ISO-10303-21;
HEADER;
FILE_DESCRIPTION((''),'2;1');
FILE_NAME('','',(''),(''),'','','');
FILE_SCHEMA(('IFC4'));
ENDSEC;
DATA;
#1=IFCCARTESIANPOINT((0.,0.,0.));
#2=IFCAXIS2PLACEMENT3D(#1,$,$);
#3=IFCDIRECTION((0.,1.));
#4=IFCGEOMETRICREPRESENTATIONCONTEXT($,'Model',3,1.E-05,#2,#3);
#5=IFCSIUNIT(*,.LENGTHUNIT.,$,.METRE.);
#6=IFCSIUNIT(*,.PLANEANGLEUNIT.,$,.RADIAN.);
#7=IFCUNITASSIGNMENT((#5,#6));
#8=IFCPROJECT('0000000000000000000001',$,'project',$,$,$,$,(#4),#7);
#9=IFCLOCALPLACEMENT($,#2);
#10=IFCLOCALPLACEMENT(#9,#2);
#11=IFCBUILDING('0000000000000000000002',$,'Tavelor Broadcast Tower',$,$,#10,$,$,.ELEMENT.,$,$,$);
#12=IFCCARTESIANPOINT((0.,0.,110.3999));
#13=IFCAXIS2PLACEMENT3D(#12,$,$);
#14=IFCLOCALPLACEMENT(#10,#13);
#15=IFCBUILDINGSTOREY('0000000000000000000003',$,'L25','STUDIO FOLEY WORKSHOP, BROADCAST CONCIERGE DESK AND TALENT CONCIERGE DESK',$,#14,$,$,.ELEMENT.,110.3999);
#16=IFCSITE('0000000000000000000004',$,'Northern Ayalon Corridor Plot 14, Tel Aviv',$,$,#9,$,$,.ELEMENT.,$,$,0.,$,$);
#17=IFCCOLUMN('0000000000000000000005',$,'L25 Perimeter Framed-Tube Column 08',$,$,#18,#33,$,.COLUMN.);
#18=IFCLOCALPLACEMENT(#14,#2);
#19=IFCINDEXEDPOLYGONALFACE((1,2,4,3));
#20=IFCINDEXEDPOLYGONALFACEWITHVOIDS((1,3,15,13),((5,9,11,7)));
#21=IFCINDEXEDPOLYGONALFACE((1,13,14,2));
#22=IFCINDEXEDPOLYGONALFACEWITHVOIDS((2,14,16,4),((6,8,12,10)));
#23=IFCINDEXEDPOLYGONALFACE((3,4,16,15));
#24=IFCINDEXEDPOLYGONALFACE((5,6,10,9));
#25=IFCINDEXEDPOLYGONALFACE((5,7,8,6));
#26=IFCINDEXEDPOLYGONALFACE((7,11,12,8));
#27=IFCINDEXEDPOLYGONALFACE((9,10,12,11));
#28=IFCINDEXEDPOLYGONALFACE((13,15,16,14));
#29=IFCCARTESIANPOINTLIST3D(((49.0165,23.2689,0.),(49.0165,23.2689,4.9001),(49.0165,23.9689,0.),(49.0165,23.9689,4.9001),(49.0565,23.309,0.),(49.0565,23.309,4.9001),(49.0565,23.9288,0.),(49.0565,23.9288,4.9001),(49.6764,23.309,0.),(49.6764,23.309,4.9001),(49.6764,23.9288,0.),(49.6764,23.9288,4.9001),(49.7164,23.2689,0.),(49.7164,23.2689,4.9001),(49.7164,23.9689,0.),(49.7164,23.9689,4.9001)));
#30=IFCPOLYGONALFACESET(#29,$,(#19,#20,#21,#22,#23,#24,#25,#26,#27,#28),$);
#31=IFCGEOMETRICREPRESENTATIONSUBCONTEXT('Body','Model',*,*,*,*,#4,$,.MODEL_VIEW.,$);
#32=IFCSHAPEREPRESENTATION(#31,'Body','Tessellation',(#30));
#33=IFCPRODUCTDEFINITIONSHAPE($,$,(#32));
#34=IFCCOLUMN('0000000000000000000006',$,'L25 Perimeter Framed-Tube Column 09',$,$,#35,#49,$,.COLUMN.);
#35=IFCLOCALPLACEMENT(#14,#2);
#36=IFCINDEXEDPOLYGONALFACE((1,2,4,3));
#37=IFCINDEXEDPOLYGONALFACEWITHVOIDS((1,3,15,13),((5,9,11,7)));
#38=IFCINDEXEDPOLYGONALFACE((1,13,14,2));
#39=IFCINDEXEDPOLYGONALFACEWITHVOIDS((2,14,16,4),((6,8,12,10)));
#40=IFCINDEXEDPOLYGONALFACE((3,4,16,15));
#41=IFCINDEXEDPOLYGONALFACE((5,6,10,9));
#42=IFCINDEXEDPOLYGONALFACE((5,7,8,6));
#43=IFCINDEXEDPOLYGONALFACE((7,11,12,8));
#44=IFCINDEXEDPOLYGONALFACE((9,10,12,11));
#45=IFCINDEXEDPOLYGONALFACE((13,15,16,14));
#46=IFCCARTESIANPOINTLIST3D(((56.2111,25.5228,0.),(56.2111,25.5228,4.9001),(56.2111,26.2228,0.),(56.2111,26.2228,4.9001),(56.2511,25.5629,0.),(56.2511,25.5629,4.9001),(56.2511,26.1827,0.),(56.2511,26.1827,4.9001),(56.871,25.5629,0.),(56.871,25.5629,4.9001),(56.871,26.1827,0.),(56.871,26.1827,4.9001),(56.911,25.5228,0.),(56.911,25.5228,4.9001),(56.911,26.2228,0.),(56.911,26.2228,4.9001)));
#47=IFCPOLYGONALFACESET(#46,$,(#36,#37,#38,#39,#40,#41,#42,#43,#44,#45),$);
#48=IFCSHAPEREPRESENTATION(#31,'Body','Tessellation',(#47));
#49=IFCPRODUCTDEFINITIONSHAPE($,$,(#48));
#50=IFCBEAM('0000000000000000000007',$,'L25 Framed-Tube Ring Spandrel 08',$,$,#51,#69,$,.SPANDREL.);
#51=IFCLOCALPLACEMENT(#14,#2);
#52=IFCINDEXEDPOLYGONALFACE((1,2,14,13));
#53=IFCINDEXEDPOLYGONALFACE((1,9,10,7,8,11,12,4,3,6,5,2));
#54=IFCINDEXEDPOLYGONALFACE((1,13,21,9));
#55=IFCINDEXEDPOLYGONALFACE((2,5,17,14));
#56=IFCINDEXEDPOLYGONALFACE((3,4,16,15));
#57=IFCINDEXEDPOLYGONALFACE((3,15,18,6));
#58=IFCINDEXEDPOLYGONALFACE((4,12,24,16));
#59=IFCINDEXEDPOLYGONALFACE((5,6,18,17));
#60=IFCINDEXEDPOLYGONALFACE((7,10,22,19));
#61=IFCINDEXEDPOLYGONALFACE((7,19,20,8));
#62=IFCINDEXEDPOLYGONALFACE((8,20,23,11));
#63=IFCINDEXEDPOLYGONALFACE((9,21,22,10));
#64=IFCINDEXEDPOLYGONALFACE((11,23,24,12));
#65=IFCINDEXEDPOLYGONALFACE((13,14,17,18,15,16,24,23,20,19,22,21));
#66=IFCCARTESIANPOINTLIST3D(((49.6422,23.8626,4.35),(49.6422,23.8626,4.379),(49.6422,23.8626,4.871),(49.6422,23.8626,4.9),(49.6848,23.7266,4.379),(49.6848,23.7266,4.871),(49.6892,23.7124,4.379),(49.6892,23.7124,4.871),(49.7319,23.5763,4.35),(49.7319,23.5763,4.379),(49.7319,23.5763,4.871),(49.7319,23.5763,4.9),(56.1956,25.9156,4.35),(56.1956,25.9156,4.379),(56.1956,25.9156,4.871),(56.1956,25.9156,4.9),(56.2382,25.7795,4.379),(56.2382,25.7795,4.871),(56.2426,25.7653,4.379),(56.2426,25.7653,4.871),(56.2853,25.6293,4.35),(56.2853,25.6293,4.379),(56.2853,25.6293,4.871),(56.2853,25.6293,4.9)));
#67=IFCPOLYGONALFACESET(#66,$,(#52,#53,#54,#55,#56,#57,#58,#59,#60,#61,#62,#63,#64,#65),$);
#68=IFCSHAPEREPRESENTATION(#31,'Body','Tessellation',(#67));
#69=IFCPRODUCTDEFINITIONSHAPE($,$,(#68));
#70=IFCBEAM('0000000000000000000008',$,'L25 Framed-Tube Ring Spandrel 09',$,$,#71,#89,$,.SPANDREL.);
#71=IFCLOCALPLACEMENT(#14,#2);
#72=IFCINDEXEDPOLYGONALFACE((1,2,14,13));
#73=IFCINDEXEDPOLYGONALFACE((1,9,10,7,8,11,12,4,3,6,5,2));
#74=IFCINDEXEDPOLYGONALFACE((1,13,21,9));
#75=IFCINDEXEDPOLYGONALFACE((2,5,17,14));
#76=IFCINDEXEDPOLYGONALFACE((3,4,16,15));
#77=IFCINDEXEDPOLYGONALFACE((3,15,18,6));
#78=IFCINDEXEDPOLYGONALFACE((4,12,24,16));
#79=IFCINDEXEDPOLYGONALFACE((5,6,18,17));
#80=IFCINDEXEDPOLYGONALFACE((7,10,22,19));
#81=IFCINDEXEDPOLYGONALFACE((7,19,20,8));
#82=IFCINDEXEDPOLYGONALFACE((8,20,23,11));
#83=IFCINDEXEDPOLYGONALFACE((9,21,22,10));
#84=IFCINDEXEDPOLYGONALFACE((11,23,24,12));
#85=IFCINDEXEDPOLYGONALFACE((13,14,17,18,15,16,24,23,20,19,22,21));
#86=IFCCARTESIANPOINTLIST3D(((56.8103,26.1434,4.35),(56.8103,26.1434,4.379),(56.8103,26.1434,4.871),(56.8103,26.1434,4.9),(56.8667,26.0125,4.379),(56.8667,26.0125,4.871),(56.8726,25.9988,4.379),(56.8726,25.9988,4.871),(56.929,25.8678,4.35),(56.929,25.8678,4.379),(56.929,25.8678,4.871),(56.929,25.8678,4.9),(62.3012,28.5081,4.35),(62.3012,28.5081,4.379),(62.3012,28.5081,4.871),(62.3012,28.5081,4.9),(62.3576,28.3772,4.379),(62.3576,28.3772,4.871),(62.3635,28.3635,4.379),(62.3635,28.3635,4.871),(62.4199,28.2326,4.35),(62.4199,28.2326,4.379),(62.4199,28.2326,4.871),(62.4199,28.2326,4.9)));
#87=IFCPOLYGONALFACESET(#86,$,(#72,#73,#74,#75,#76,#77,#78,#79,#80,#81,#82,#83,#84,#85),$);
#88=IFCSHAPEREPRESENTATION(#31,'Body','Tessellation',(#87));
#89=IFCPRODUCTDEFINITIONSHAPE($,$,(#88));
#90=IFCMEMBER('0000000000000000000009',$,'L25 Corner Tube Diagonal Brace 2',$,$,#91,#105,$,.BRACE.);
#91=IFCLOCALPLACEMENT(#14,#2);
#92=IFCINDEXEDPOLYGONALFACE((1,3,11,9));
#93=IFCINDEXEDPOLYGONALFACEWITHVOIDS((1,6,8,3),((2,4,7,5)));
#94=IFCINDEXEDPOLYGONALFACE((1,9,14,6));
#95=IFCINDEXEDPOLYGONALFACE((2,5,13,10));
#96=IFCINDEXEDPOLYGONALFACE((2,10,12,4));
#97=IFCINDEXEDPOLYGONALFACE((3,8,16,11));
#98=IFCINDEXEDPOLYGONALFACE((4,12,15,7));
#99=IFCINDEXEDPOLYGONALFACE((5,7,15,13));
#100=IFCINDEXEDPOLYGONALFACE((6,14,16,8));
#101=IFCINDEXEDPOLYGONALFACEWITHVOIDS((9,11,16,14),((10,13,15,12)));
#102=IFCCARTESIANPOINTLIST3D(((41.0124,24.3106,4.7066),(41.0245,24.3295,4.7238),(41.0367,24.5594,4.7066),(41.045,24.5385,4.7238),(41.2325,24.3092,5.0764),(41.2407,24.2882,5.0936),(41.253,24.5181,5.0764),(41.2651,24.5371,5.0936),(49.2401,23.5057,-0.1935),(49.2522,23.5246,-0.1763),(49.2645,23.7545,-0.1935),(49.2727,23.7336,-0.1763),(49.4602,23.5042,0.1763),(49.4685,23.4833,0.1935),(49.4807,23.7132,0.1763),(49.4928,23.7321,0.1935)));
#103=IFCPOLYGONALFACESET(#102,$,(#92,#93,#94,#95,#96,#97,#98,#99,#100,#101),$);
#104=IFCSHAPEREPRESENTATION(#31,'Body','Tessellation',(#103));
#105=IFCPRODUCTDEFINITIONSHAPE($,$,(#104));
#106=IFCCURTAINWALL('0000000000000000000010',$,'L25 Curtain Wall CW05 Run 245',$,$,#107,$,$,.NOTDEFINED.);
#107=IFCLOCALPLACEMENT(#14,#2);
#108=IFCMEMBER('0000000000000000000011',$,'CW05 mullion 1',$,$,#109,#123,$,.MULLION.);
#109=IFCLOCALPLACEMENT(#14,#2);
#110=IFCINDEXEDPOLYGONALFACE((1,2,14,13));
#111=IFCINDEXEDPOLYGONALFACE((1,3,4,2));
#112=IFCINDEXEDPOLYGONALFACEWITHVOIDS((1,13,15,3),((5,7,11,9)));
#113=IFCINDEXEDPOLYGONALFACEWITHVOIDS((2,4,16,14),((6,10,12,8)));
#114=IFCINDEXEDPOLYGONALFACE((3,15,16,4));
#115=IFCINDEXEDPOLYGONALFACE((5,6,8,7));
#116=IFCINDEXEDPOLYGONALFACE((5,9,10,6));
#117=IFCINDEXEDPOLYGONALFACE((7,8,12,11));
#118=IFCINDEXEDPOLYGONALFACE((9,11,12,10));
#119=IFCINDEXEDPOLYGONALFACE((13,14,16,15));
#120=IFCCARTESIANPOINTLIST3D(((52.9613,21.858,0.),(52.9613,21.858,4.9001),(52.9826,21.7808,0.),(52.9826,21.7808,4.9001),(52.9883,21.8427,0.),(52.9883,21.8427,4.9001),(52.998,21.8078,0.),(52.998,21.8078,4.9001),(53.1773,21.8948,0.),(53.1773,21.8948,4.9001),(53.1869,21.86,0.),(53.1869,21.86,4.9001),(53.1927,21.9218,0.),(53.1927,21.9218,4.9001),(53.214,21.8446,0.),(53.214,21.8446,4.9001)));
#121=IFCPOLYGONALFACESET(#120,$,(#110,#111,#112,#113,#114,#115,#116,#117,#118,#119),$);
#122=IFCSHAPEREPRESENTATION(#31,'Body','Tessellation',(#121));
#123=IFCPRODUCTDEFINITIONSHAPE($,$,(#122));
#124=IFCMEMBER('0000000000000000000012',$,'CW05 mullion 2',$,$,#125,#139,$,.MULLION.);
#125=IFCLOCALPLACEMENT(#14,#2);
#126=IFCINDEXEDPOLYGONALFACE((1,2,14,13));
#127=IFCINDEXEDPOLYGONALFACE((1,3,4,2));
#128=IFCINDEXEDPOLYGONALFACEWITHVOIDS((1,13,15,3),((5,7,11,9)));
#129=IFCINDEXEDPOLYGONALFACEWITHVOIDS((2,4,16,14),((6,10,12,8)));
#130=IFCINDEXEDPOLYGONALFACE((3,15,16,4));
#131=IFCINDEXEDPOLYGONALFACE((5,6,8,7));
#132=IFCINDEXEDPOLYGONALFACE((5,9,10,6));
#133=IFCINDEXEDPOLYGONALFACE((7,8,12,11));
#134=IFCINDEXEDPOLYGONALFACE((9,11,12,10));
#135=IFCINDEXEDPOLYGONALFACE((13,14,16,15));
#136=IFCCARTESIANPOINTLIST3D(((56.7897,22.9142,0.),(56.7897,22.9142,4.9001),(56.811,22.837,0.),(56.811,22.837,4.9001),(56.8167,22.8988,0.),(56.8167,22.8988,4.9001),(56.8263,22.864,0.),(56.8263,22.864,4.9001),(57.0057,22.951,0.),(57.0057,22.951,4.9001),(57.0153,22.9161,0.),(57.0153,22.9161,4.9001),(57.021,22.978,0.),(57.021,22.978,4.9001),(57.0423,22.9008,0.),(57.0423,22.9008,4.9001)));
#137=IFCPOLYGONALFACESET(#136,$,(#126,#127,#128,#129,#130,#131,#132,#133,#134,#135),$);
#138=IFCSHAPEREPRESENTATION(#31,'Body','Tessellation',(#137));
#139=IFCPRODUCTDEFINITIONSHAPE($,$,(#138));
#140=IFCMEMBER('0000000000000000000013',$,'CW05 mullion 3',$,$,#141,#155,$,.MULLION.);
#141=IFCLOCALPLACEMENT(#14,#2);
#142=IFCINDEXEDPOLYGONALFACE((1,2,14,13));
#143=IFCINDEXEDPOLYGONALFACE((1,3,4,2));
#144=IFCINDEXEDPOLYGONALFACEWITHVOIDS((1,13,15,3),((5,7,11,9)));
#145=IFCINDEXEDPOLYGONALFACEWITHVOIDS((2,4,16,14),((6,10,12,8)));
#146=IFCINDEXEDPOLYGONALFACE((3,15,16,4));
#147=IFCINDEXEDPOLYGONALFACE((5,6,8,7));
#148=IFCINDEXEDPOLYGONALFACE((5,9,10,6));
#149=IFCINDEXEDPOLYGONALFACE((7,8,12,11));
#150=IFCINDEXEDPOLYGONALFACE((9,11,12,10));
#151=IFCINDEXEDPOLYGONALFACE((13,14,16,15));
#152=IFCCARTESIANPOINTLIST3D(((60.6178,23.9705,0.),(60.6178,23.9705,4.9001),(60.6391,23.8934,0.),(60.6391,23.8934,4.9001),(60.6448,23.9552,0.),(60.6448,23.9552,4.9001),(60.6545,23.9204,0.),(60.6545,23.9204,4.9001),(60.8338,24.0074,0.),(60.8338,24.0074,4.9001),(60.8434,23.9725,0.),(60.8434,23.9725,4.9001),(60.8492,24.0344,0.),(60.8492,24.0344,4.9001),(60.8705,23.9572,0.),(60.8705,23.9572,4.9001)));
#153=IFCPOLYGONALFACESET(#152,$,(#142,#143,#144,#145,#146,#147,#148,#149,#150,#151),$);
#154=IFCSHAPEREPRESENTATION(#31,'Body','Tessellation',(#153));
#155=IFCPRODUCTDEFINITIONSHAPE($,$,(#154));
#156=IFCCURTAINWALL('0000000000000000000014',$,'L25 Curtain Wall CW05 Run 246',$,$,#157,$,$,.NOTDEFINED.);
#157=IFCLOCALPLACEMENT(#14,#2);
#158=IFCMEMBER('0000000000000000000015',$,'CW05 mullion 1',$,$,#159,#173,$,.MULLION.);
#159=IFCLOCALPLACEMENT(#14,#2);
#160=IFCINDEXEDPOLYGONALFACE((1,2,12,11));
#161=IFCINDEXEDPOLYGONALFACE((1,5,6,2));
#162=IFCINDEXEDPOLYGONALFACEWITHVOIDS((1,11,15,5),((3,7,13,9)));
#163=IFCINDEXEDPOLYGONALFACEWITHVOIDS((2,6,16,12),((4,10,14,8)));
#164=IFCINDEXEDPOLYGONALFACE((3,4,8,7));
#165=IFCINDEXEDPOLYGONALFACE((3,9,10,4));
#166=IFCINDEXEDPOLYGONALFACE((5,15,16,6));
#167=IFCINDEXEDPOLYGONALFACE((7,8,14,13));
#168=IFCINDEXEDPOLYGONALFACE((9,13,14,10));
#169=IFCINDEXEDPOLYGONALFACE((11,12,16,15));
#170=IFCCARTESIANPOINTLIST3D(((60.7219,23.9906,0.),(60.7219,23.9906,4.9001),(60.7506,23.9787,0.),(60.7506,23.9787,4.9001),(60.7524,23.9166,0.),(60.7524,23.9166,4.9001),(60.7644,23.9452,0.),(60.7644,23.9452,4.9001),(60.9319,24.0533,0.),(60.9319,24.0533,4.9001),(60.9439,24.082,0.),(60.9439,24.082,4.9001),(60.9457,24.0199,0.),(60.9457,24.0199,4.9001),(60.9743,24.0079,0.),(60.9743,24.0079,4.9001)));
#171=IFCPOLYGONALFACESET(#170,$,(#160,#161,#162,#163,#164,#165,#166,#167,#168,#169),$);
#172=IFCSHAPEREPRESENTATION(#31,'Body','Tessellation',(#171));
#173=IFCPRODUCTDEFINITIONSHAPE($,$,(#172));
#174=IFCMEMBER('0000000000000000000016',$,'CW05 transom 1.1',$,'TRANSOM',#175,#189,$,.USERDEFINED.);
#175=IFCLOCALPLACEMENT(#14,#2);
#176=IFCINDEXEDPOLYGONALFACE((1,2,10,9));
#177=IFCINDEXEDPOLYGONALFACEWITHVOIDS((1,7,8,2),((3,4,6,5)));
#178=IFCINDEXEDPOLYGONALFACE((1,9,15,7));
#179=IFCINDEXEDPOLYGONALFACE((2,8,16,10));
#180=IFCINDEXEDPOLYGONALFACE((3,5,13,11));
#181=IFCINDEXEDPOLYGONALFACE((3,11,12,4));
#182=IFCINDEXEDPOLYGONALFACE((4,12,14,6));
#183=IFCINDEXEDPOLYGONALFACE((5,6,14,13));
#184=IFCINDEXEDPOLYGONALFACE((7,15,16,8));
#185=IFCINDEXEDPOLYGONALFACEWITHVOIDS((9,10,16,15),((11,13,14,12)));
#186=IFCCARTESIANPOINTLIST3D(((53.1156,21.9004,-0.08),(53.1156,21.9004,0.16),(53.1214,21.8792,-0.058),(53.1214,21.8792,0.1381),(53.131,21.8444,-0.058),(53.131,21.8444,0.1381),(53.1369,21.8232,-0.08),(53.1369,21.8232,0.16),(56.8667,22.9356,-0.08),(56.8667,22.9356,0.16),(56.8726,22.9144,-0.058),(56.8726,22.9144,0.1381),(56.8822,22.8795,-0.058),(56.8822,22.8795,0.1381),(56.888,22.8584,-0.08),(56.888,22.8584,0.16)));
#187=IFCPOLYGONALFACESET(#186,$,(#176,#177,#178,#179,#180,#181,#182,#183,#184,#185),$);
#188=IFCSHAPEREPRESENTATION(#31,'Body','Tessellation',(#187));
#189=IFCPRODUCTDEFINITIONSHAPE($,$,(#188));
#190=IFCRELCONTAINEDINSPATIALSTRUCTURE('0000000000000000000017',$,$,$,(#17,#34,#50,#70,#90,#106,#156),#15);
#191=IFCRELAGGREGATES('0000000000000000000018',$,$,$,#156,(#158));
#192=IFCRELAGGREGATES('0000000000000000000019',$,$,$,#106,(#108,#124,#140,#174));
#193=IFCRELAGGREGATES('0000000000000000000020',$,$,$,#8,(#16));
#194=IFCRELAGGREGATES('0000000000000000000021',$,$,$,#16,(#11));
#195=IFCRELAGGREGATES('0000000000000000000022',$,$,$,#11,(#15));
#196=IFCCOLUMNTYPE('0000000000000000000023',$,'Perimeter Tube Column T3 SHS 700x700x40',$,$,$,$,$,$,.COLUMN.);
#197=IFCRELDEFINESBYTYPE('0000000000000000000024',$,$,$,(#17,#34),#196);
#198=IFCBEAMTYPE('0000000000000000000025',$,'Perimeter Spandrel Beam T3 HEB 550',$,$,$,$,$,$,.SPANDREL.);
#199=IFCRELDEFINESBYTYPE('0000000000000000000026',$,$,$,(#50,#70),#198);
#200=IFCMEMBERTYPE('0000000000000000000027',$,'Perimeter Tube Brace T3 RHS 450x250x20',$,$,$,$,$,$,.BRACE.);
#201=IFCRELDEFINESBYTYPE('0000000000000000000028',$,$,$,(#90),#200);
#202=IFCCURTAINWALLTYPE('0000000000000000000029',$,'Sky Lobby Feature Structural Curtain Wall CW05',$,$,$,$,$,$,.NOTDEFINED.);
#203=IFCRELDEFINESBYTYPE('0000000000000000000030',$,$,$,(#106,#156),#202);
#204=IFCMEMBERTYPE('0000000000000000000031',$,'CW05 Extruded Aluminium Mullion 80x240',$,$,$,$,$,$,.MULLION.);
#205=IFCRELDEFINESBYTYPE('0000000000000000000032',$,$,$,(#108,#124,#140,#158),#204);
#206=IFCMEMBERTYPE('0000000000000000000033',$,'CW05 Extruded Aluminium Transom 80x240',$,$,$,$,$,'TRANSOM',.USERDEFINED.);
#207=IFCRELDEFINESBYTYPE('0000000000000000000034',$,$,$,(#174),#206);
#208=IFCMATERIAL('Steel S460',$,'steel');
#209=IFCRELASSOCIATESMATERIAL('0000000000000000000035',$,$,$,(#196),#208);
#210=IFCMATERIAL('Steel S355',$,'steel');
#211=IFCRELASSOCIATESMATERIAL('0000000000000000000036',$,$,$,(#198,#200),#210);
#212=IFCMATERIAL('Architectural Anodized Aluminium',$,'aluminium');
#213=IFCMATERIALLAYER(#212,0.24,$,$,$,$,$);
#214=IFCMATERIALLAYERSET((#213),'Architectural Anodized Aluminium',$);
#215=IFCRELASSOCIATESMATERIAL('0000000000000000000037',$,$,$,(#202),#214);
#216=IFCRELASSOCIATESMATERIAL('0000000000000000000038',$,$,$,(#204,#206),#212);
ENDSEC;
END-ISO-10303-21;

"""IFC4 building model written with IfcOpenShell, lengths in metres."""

from ifc_helpers import new_model, si_unit, direction, frame, origin, origin_2d, place, context, subcontext, project, spatial, hollow_rectangle, i_section, extrude, source, transform, mapped, material, layer, layer_set, material_profile, profile_set, type_object, type_shapes, element, aggregate, save


model = new_model("IFC4")

# Units and contexts
model_context = context("Model", 3, precision=1e-05, world=origin(), true_north=direction((0.0, 1.0)))
body_context = subcontext(model_context, "Body", "Model", "MODEL_VIEW")
ifc_project = project(units=[si_unit("LENGTHUNIT", "METRE"), si_unit("PLANEANGLEUNIT", "RADIAN")], contexts=[model_context])

# Site, building, storey
site_placement = place(None, origin())
site = spatial("IfcSite", under=ifc_project, at=site_placement, Name="Northern Ayalon Corridor Plot 14, Tel Aviv", CompositionType="ELEMENT", RefElevation=0.0)
building_placement = place(site_placement, origin())
building = spatial("IfcBuilding", under=site, at=building_placement, Name="Tavelor Broadcast Tower", CompositionType="ELEMENT")
storey_placement = place(building_placement, frame((0.0, 0.0, 110.3999)))
storey = spatial("IfcBuildingStorey", under=building, at=storey_placement, Name="L25", Description="STUDIO FOLEY WORKSHOP, BROADCAST CONCIERGE DESK AND TALENT CONCIERGE DESK", CompositionType="ELEMENT", Elevation=110.3999)

# Columns
ifc_material_1 = material(Name="Steel S460", Category="steel")
ifc_material_profile_1 = material_profile(ifc_material_1, hollow_rectangle(XDim=0.7, YDim=0.7, WallThickness=0.04, at=origin_2d()), Name="SHS 700x700x40")
ifc_profile_set_1 = profile_set([ifc_material_profile_1], Name="Steel S460")
column_type = type_object("IfcColumnType", Name="Perimeter Tube Column T3 SHS 700x700x40", PredefinedType="COLUMN", material=ifc_profile_set_1)
for number, where, z_axis, x_axis, name in (
    (1, (49.3665, 23.6189, 0.0), (0.0, 0.0, 1.0), (1.0, 0.0, 0.0), "L25 Perimeter Framed-Tube Column 08"),
    (2, (56.561, 25.8728, 0.0), (0.0, 0.0, 1.0), (1.0, 0.0, 0.0), "L25 Perimeter Framed-Tube Column 09"),
):
    element("IfcColumn", number, at=place(storey_placement, frame(where, z_axis=z_axis, x_axis=x_axis)), inside=storey, type_object=column_type, Name=name, PredefinedType="COLUMN", context=body_context, shape_type="SweptSolid", body=[
        extrude(hollow_rectangle(XDim=0.7, YDim=0.7, WallThickness=0.04, at=origin_2d()), origin(), (0.0, 0.0, 1.0), 4.9001),
    ])

# Beams
ifc_material_2 = material(Name="Steel S355", Category="steel")
ifc_material_profile_2 = material_profile(ifc_material_2, i_section(OverallWidth=0.3, OverallDepth=0.55, WebThickness=0.0149, FlangeThickness=0.0291, at=origin_2d()), Name="HEB 550")
ifc_profile_set_2 = profile_set([ifc_material_profile_2], Name="Steel S355")
beam_type = type_object("IfcBeamType", Name="Perimeter Spandrel Beam T3 HEB 550", PredefinedType="SPANDREL", material=ifc_profile_set_2)
beam_1_placement = place(storey_placement, frame((49.687, 23.7195, 4.625), z_axis=(0.954272, 0.298941, 0.0), x_axis=(-0.298941, 0.954272, 0.0)))
element("IfcBeam", 3, at=beam_1_placement, inside=storey, type_object=beam_type, Name="L25 Framed-Tube Ring Spandrel 08", PredefinedType="SPANDREL", context=body_context, shape_type="SweptSolid", body=[
    extrude(i_section(OverallWidth=0.3, OverallDepth=0.55, WebThickness=0.0149, FlangeThickness=0.0291, at=origin_2d()), origin(), (0.0, 0.0, 1.0), 6.8674),
])
beam_2_placement = place(storey_placement, frame((56.8696, 26.0056, 4.625), z_axis=(0.918449, 0.39554, 0.0), x_axis=(-0.39554, 0.918449, 0.0)))
element("IfcBeam", 4, at=beam_2_placement, inside=storey, type_object=beam_type, Name="L25 Framed-Tube Ring Spandrel 09", PredefinedType="SPANDREL", context=body_context, shape_type="SweptSolid", body=[
    extrude(i_section(OverallWidth=0.3, OverallDepth=0.55, WebThickness=0.0149, FlangeThickness=0.0291, at=origin_2d()), origin(), (0.0, 0.0, 1.0), 5.9785),
])

# Member
ifc_material_profile_3 = material_profile(ifc_material_2, hollow_rectangle(XDim=0.25, YDim=0.45, WallThickness=0.02, at=origin_2d()), Name="RHS 450x250x20")
ifc_profile_set_3 = profile_set([ifc_material_profile_3], Name="Steel S355")
member_type_1 = type_object("IfcMemberType", Name="Perimeter Tube Brace T3 RHS 450x250x20", PredefinedType="BRACE", material=ifc_profile_set_3)
member_1_placement = place(storey_placement, frame((49.3665, 23.6189, 0.0), z_axis=(-0.856152, 0.083758, 0.509891), x_axis=(-0.097366, -0.995249, 0.0)))
element("IfcMember", 5, at=member_1_placement, inside=storey, type_object=member_type_1, Name="L25 Corner Tube Diagonal Brace 2", PredefinedType="BRACE", context=body_context, shape_type="SweptSolid", body=[
    extrude(hollow_rectangle(XDim=0.25, YDim=0.45, WallThickness=0.02, at=origin_2d()), origin(), (0.0, 0.0, 1.0), 9.6101),
])

# Curtain wall, members
ifc_material_3 = material(Name="Architectural Anodized Aluminium", Category="aluminium")
ifc_layer_1 = layer(ifc_material_3, 0.24)
ifc_layer_set_1 = layer_set([ifc_layer_1], Name="Architectural Anodized Aluminium")
curtain_wall_type = type_object("IfcCurtainWallType", Name="Sky Lobby Feature Structural Curtain Wall CW05", PredefinedType="NOTDEFINED", material=ifc_layer_set_1)
curtain_wall_1_placement = place(storey_placement, origin())
curtain_wall_1 = element("IfcCurtainWall", 6, at=curtain_wall_1_placement, inside=storey, type_object=curtain_wall_type, Name="L25 Curtain Wall CW05 Run 245", PredefinedType="NOTDEFINED")
ifc_material_profile_4 = material_profile(ifc_material_3, hollow_rectangle(XDim=0.0801, YDim=0.24, WallThickness=0.022, at=origin_2d()), Name="RHS 80x240x22")
ifc_profile_set_4 = profile_set([ifc_material_profile_4], Name="Architectural Anodized Aluminium")
member_type_2 = type_object("IfcMemberType", Name="CW05 Extruded Aluminium Mullion 80x240", PredefinedType="MULLION", material=ifc_profile_set_4)
shared_shape_1 = source(origin(), body_context, "Body", "SweptSolid", [
    extrude(hollow_rectangle(XDim=0.0801, YDim=0.24, WallThickness=0.022, at=origin_2d()), origin(), (0.0, 0.0, 1.0), 4.9001),
])
type_shapes(member_type_2, [shared_shape_1])
member_2_placement = place(storey_placement, frame((53.0876, 21.8513, 0.0), z_axis=(0.0, 0.0, 1.0), x_axis=(-0.265968, 0.963982, 0.0)))
member_2 = element("IfcMember", 7, at=member_2_placement, type_object=member_type_2, Name="CW05 mullion 1", PredefinedType="MULLION", context=body_context, shape_type="MappedRepresentation", body=[
    mapped(shared_shape_1, transform((0.0, 0.0, 0.0), scale=1.0)),
])
member_3_placement = place(storey_placement, frame((56.916, 22.9075, 0.0), z_axis=(0.0, 0.0, 1.0), x_axis=(-0.265968, 0.963982, 0.0)))
member_3 = element("IfcMember", 8, at=member_3_placement, type_object=member_type_2, Name="CW05 mullion 2", PredefinedType="MULLION", context=body_context, shape_type="MappedRepresentation", body=[
    mapped(shared_shape_1, transform((0.0, 0.0, 0.0), scale=1.0)),
])
member_4_placement = place(storey_placement, frame((60.7441, 23.9639, 0.0), z_axis=(0.0, 0.0, 1.0), x_axis=(-0.265968, 0.963982, 0.0)))
member_4 = element("IfcMember", 9, at=member_4_placement, type_object=member_type_2, Name="CW05 mullion 3", PredefinedType="MULLION", context=body_context, shape_type="MappedRepresentation", body=[
    mapped(shared_shape_1, transform((0.0, 0.0, 0.0), scale=1.0)),
])

# Curtain wall, member
curtain_wall_2_placement = place(storey_placement, origin())
curtain_wall_2 = element("IfcCurtainWall", 10, at=curtain_wall_2_placement, inside=storey, type_object=curtain_wall_type, Name="L25 Curtain Wall CW05 Run 246", PredefinedType="NOTDEFINED")
member_5_placement = place(storey_placement, frame((60.8481, 23.9993, 0.0), z_axis=(0.0, 0.0, 1.0), x_axis=(-0.380669, 0.924711, 0.0)))
member_5 = element("IfcMember", 11, at=member_5_placement, type_object=member_type_2, Name="CW05 mullion 1", PredefinedType="MULLION", context=body_context, shape_type="MappedRepresentation", body=[
    mapped(shared_shape_1, transform((0.0, 0.0, 0.0), scale=1.0)),
])

# Member
ifc_material_profile_5 = material_profile(ifc_material_3, hollow_rectangle(XDim=0.0801, YDim=0.24, WallThickness=0.022, at=origin_2d()), Name="RHS 80x240x22")
ifc_profile_set_5 = profile_set([ifc_material_profile_5], Name="Architectural Anodized Aluminium")
member_type_3 = type_object("IfcMemberType", Name="CW05 Extruded Aluminium Transom 80x240", ElementType="TRANSOM", PredefinedType="USERDEFINED", material=ifc_profile_set_5)
shared_shape_2 = source(origin(), body_context, "Body", "SweptSolid", [
    extrude(hollow_rectangle(XDim=0.0801, YDim=0.24, WallThickness=0.022, at=origin_2d()), origin(), (0.0, 0.0, 1.0), 3.8914),
])
member_6_placement = place(storey_placement, frame((53.1262, 21.8618, 0.04), z_axis=(0.96397, 0.266009, 0.0), x_axis=(-0.266009, 0.96397, 0.0)))
member_6 = element("IfcMember", 12, at=member_6_placement, type_object=member_type_3, Name="CW05 transom 1.1", ObjectType="TRANSOM", PredefinedType="USERDEFINED", context=body_context, shape_type="MappedRepresentation", body=[
    mapped(shared_shape_2, transform((0.0, 0.0, 0.0), scale=1.0)),
])
aggregate(curtain_wall_2, [member_5])

aggregate(curtain_wall_1, [member_2, member_3, member_4, member_6])

save(model, "model.ifc")
